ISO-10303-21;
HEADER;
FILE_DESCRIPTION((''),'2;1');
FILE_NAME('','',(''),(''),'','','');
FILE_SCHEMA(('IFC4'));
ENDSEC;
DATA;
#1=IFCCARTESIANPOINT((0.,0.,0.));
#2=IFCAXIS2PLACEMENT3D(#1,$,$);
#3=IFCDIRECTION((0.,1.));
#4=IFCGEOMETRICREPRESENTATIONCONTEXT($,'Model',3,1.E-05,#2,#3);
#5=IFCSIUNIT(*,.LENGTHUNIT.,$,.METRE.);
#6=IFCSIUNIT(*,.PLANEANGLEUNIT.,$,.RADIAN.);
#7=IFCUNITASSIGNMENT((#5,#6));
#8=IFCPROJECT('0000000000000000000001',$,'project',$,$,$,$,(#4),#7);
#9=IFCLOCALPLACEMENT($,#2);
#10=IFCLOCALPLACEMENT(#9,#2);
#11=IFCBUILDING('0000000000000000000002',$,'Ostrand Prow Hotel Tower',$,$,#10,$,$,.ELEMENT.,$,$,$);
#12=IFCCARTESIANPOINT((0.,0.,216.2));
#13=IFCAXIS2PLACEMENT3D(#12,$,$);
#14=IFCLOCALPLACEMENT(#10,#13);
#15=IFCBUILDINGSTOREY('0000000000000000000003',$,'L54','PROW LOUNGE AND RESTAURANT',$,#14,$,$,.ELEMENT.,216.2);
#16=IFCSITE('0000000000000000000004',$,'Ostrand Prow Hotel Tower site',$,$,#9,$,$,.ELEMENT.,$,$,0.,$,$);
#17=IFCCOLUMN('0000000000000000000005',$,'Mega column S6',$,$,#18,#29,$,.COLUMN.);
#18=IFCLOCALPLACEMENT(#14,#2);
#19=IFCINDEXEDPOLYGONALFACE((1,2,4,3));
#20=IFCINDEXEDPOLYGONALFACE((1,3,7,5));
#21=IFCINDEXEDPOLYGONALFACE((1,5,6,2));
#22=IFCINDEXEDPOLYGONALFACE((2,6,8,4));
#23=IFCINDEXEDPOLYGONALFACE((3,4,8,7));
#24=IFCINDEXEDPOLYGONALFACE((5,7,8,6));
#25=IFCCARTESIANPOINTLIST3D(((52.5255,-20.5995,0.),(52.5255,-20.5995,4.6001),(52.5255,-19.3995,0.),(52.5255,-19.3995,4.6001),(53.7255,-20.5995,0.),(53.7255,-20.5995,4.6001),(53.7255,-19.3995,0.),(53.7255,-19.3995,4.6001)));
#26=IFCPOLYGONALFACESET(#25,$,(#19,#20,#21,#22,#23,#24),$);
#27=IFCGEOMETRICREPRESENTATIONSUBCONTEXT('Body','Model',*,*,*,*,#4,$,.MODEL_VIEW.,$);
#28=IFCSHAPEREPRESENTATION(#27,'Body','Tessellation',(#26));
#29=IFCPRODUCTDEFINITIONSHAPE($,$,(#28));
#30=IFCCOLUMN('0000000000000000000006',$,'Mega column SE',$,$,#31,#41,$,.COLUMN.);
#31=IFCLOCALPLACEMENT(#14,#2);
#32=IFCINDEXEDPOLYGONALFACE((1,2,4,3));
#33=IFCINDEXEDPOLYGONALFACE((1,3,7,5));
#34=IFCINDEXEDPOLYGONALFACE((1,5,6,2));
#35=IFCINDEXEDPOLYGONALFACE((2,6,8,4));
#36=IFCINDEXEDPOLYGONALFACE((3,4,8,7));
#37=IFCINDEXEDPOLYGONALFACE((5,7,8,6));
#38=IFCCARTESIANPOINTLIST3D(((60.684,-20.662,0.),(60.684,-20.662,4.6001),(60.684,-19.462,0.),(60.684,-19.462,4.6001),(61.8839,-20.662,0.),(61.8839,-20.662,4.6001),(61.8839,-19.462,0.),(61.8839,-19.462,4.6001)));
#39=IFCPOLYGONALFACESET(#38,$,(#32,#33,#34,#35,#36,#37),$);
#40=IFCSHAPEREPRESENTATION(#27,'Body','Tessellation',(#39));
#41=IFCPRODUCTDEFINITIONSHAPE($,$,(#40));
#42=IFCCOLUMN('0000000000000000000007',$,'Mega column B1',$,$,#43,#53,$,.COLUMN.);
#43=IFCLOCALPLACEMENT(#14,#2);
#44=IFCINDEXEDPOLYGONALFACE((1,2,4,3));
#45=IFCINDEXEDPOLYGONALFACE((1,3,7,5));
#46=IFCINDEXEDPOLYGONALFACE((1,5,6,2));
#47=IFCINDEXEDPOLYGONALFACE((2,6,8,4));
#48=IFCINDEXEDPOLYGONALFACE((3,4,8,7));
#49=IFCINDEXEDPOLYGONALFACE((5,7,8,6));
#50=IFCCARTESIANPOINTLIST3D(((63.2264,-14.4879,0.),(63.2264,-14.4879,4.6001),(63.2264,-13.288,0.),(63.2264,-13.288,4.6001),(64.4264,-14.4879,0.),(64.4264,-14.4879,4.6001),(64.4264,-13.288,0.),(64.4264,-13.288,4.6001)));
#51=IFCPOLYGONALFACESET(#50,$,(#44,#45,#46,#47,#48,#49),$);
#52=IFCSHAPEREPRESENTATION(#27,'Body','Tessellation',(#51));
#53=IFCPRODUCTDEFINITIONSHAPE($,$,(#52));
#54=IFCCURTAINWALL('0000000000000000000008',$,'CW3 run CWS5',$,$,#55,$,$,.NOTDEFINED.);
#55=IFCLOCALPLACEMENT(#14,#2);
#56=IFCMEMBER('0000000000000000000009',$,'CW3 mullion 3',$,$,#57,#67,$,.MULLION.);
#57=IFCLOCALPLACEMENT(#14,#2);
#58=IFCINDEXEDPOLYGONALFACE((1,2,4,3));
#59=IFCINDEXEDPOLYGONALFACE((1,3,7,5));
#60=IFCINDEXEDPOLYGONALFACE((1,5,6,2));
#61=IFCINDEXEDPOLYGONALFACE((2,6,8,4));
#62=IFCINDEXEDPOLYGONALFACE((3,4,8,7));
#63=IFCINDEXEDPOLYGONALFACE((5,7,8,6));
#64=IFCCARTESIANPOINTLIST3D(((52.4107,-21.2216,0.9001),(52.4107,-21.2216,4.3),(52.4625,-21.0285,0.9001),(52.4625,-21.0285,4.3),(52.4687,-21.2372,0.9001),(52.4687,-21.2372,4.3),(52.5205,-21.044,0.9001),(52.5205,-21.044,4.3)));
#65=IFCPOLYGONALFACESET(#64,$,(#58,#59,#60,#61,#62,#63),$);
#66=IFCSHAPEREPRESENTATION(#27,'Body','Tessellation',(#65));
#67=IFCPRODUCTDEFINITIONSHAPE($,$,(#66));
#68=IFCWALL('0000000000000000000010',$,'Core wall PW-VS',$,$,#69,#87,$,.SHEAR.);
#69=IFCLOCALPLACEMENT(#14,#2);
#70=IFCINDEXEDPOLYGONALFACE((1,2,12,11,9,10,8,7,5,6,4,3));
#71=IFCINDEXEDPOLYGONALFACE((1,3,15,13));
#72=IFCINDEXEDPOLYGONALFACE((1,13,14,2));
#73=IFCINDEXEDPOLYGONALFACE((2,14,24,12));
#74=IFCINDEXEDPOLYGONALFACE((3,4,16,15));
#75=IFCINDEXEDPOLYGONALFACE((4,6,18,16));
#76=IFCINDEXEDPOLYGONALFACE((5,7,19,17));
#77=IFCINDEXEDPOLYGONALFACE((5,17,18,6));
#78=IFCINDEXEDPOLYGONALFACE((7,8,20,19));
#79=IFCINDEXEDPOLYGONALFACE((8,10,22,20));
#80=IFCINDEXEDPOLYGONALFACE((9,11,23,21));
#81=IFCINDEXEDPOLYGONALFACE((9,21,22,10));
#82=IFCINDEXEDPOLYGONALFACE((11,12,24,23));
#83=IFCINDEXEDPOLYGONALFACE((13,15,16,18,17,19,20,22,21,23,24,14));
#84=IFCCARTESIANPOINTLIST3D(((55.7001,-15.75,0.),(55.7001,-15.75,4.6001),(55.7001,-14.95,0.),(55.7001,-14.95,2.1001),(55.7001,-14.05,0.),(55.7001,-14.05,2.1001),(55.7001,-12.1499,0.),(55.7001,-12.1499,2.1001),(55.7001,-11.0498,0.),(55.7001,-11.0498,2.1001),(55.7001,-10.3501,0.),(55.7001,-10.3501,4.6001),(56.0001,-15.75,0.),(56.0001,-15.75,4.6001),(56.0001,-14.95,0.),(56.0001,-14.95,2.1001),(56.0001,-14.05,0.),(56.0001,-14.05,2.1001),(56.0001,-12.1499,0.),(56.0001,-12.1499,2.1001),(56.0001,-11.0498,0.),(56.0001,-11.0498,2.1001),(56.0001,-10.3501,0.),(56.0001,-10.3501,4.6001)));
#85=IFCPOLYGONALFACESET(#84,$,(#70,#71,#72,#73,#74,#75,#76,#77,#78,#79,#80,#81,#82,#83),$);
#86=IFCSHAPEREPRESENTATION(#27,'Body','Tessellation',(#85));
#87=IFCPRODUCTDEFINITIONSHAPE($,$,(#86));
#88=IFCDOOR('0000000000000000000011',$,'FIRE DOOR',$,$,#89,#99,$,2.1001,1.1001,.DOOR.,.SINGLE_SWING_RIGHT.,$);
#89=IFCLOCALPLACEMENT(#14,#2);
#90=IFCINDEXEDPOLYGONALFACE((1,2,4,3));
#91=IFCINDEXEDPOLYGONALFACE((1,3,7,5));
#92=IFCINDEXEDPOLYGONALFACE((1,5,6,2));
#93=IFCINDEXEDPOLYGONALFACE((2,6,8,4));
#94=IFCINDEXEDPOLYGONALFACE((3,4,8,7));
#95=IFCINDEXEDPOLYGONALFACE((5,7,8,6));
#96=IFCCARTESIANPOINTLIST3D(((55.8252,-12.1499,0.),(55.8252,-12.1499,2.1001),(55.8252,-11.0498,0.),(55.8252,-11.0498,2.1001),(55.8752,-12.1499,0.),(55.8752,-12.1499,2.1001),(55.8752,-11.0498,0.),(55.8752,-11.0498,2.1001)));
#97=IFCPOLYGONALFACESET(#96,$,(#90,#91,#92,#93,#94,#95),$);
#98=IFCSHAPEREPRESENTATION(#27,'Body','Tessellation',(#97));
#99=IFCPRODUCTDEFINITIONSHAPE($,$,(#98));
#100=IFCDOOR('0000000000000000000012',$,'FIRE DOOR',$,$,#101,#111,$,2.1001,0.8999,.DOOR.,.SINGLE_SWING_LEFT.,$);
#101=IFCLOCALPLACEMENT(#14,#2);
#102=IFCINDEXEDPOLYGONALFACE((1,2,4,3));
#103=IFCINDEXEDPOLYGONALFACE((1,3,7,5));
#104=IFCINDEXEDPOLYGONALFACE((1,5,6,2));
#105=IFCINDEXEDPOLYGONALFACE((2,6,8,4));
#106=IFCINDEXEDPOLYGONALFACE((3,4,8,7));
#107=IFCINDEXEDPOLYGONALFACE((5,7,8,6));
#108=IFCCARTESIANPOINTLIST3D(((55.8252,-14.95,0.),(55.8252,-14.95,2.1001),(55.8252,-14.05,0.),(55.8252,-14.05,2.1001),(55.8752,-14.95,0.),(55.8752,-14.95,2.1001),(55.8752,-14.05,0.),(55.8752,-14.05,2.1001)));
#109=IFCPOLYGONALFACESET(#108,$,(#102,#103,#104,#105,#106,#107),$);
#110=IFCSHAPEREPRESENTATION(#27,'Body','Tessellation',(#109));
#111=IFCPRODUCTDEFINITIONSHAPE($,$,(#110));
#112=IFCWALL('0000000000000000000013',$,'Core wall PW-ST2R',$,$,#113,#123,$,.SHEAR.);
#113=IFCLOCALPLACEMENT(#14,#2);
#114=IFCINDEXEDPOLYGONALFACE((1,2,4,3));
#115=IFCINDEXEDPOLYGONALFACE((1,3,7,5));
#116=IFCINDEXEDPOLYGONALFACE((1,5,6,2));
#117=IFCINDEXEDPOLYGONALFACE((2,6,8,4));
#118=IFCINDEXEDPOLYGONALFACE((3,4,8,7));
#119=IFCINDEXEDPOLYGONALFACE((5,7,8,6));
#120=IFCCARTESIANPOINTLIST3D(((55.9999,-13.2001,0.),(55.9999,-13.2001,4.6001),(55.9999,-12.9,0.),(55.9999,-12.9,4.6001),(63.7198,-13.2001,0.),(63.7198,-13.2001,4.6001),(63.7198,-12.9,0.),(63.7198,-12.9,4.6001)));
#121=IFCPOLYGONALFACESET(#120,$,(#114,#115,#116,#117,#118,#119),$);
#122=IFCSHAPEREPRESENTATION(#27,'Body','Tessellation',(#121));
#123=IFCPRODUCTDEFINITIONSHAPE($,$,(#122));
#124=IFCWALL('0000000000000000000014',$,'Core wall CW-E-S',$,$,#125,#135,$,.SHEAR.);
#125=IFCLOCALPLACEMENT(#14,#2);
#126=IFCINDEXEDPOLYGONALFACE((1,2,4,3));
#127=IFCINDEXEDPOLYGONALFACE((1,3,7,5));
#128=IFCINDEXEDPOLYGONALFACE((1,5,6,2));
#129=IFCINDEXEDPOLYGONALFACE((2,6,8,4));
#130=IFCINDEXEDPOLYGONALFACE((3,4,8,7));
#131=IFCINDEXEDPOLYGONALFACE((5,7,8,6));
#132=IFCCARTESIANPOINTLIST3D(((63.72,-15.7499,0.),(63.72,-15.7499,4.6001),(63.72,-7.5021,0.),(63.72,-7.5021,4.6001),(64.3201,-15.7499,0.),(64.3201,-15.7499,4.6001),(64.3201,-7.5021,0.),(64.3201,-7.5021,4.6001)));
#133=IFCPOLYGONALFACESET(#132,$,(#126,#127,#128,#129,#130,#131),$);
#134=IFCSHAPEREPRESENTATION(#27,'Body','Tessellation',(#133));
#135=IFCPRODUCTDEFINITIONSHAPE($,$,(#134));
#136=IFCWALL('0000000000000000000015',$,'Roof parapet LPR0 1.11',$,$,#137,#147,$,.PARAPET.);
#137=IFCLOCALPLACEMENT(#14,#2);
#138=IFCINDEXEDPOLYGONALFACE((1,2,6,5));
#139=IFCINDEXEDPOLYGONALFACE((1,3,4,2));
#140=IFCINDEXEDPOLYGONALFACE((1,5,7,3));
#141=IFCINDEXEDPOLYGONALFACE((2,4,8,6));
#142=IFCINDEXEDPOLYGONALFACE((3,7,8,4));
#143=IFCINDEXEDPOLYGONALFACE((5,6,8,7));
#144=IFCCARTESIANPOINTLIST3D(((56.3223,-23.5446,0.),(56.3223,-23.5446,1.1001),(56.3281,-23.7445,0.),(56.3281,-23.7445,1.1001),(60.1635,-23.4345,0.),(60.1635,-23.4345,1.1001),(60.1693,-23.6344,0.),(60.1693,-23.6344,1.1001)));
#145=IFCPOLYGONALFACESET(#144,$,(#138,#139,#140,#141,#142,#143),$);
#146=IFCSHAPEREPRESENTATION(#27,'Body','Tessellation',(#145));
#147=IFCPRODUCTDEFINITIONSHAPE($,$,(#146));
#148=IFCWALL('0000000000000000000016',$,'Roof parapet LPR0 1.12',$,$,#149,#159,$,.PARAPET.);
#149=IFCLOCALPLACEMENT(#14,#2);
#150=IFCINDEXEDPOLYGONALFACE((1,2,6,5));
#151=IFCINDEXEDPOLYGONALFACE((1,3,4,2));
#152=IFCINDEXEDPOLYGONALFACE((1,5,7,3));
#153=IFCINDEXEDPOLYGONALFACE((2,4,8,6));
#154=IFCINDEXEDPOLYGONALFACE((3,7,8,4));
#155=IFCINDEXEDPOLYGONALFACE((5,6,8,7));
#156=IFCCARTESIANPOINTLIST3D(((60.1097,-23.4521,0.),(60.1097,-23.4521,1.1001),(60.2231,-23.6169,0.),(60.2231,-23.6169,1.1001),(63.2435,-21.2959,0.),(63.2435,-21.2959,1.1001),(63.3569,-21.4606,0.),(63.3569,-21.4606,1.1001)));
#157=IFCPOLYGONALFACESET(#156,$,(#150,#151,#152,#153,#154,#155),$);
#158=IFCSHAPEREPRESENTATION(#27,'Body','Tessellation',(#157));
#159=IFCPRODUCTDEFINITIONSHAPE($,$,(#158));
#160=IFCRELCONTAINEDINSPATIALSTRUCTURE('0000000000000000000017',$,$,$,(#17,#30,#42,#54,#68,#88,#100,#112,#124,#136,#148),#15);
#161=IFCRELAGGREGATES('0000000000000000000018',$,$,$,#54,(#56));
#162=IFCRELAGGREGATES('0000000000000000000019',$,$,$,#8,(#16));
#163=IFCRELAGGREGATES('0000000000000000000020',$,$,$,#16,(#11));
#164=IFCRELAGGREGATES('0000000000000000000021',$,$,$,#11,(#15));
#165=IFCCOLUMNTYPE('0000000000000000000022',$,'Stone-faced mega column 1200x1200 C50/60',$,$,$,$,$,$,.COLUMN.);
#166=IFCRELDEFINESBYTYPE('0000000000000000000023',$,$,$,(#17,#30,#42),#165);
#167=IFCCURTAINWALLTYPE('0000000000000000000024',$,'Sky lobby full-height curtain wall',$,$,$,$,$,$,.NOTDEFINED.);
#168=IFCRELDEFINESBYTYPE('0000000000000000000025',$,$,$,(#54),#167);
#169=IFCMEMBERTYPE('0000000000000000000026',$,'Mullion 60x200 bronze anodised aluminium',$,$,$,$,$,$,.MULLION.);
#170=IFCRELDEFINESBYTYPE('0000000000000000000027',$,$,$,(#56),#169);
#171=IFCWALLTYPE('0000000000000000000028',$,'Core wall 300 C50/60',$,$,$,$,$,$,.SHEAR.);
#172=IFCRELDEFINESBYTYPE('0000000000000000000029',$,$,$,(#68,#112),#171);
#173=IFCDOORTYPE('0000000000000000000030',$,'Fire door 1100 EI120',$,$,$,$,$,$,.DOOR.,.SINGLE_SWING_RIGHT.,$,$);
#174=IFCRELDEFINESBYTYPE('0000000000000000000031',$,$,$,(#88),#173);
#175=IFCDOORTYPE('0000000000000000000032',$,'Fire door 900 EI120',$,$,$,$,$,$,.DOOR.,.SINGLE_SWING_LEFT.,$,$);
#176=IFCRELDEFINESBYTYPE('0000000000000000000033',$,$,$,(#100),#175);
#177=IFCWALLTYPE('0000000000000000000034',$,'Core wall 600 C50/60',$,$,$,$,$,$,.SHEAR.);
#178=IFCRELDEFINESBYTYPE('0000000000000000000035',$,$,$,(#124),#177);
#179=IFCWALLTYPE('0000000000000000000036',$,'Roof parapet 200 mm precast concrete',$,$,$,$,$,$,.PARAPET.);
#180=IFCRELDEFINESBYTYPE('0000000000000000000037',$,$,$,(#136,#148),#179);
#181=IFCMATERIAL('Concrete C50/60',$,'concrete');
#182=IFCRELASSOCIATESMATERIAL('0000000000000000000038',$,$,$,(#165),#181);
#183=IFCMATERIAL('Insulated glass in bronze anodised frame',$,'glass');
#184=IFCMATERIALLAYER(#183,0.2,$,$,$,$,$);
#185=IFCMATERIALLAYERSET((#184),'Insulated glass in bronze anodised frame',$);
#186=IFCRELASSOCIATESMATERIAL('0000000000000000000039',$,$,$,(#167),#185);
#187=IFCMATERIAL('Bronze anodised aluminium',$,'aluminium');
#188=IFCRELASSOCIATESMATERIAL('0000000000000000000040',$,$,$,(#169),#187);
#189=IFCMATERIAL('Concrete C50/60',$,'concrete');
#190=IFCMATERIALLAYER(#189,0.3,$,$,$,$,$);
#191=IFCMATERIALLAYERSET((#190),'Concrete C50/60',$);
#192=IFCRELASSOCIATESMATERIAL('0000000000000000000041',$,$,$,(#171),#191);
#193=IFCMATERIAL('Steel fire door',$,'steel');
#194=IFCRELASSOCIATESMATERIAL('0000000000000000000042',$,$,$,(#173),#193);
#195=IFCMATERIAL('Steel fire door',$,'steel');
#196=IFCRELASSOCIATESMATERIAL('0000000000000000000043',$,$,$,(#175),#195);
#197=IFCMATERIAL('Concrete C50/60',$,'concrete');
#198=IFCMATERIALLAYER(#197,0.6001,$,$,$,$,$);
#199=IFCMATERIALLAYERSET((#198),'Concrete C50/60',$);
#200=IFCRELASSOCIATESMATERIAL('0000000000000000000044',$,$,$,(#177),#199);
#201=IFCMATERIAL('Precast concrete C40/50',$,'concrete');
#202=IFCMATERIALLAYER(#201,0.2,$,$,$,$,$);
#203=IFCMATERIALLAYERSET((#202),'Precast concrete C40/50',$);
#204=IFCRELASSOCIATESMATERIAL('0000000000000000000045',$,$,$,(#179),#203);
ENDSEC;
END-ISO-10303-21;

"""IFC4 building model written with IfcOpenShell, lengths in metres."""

from ifc_helpers import new_model, si_unit, direction, frame, frame_2d, origin, origin_2d, place, context, subcontext, project, spatial, rectangle, extrude, material, layer, layer_set, material_profile, profile_set, type_object, element, fill, aggregate, save


model = new_model("IFC4")

# Units and contexts
model_context = context("Model", 3, precision=1e-05, world=origin(), true_north=direction((0.0, 1.0)))
body_context = subcontext(model_context, "Body", "Model", "MODEL_VIEW")
ifc_project = project(units=[si_unit("LENGTHUNIT", "METRE"), si_unit("PLANEANGLEUNIT", "RADIAN")], contexts=[model_context])

# Site, building, storey
site_placement = place(None, origin())
site = spatial("IfcSite", under=ifc_project, at=site_placement, Name="Ostrand Prow Hotel Tower site", CompositionType="ELEMENT", RefElevation=0.0)
building_placement = place(site_placement, origin())
building = spatial("IfcBuilding", under=site, at=building_placement, Name="Ostrand Prow Hotel Tower", CompositionType="ELEMENT")
storey_placement = place(building_placement, frame((0.0, 0.0, 216.2)))
storey = spatial("IfcBuildingStorey", under=building, at=storey_placement, Name="L54", Description="PROW LOUNGE AND RESTAURANT", CompositionType="ELEMENT", Elevation=216.2)

# Columns
ifc_material_1 = material(Name="Concrete C50/60", Category="concrete")
ifc_material_profile_1 = material_profile(ifc_material_1, rectangle(XDim=1.2, YDim=1.2, at=origin_2d()), Name="RC 1200x1200")
ifc_profile_set_1 = profile_set([ifc_material_profile_1], Name="Concrete C50/60")
column_type = type_object("IfcColumnType", Name="Stone-faced mega column 1200x1200 C50/60", PredefinedType="COLUMN", material=ifc_profile_set_1)
for number, where, z_axis, x_axis, name in (
    (1, (53.1255, -19.9995, 0.0), (0.0, 0.0, 1.0), (1.0, 0.0, 0.0), "Mega column S6"),
    (2, (61.2839, -20.062, 0.0), (0.0, 0.0, 1.0), (1.0, 0.0, 0.0), "Mega column SE"),
    (3, (63.8264, -13.8879, 0.0), (0.0, 0.0, 1.0), (1.0, 0.0, 0.0), "Mega column B1"),
):
    element("IfcColumn", number, at=place(storey_placement, frame(where, z_axis=z_axis, x_axis=x_axis)), inside=storey, type_object=column_type, Name=name, PredefinedType="COLUMN", context=body_context, shape_type="SweptSolid", body=[
        extrude(rectangle(XDim=1.2, YDim=1.2, at=origin_2d()), origin(), (0.0, 0.0, 1.0), 4.6001),
    ])

# Curtain wall, member
ifc_material_2 = material(Name="Insulated glass in bronze anodised frame", Category="glass")
ifc_layer_1 = layer(ifc_material_2, 0.2)
ifc_layer_set_1 = layer_set([ifc_layer_1], Name="Insulated glass in bronze anodised frame")
curtain_wall_type = type_object("IfcCurtainWallType", Name="Sky lobby full-height curtain wall", PredefinedType="NOTDEFINED", material=ifc_layer_set_1)
curtain_wall_placement = place(storey_placement, origin())
curtain_wall = element("IfcCurtainWall", 4, at=curtain_wall_placement, inside=storey, type_object=curtain_wall_type, Name="CW3 run CWS5", PredefinedType="NOTDEFINED")
ifc_material_3 = material(Name="Bronze anodised aluminium", Category="aluminium")
ifc_material_profile_2 = material_profile(ifc_material_3, rectangle(XDim=0.2, YDim=0.0601, at=origin_2d()), Name="Mullion 60x200 bronze anodised aluminium")
ifc_profile_set_2 = profile_set([ifc_material_profile_2], Name="Bronze anodised aluminium")
member_type = type_object("IfcMemberType", Name="Mullion 60x200 bronze anodised aluminium", PredefinedType="MULLION", material=ifc_profile_set_2)
member_placement = place(storey_placement, frame((52.4656, -21.1328, 0.9001), z_axis=(0.0, 0.0, 1.0), x_axis=(0.258994, 0.965879, 0.0)))
member = element("IfcMember", 5, at=member_placement, type_object=member_type, Name="CW3 mullion 3", PredefinedType="MULLION", context=body_context, shape_type="SweptSolid", body=[
    extrude(rectangle(XDim=0.2, YDim=0.0601, at=origin_2d()), origin(), (0.0, 0.0, 1.0), 3.3999),
])
aggregate(curtain_wall, [member])

# Wall, openings, doors
ifc_material_4 = material(Name="Concrete C50/60", Category="concrete")
ifc_layer_2 = layer(ifc_material_4, 0.3)
ifc_layer_set_2 = layer_set([ifc_layer_2], Name="Concrete C50/60")
wall_type_1 = type_object("IfcWallType", Name="Core wall 300 C50/60", PredefinedType="SHEAR", material=ifc_layer_set_2)
wall_1_placement = place(storey_placement, frame((55.8501, -15.75, 0.0), z_axis=(0.0, 0.0, 1.0), x_axis=(0.0, 1.0, 0.0)))
wall_1 = element("IfcWall", 6, at=wall_1_placement, inside=storey, type_object=wall_type_1, Name="Core wall PW-VS", PredefinedType="SHEAR", context=body_context, shape_type="SweptSolid", body=[
    extrude(rectangle(XDim=5.3999, YDim=0.3, at=frame_2d((2.7, 0.0))), origin(), (0.0, 0.0, 1.0), 4.6001),
])
opening_1_placement = place(wall_1_placement, frame((3.6001, 0.0, 0.0)))
opening_1 = element("IfcOpeningElement", 7, at=opening_1_placement, cuts=wall_1, PredefinedType="OPENING", context=body_context, shape_type="SweptSolid", body=[
    extrude(rectangle(XDim=1.1001, YDim=2.1001, at=frame_2d((0.55, 1.05))), frame((0.0, 0.1599, 0.0), z_axis=(0.0, -1.0, 0.0), x_axis=(1.0, 0.0, 0.0)), (0.0, 0.0, 1.0), 0.3201),
])
opening_2_placement = place(wall_1_placement, frame((0.8, 0.0, 0.0)))
opening_2 = element("IfcOpeningElement", 8, at=opening_2_placement, cuts=wall_1, PredefinedType="OPENING", context=body_context, shape_type="SweptSolid", body=[
    extrude(rectangle(XDim=0.8999, YDim=2.1001, at=frame_2d((0.45, 1.05))), frame((0.0, 0.1599, 0.0), z_axis=(0.0, -1.0, 0.0), x_axis=(1.0, 0.0, 0.0)), (0.0, 0.0, 1.0), 0.3201),
])
ifc_material_5 = material(Name="Steel fire door", Category="steel")
door_type_1 = type_object("IfcDoorType", Name="Fire door 1100 EI120", OperationType="SINGLE_SWING_RIGHT", PredefinedType="DOOR", material=ifc_material_5)
door_1_placement = place(opening_1_placement, origin())
door_1 = element("IfcDoor", 9, at=door_1_placement, inside=storey, type_object=door_type_1, Name="FIRE DOOR", OperationType="SINGLE_SWING_RIGHT", OverallHeight=2.1001, OverallWidth=1.1001, PredefinedType="DOOR", context=body_context, shape_type="SweptSolid", body=[
    extrude(rectangle(XDim=1.1001, YDim=2.1001, at=frame_2d((0.55, 1.05))), frame((0.0, 0.0249, 0.0), z_axis=(0.0, -1.0, 0.0), x_axis=(1.0, 0.0, 0.0)), (0.0, 0.0, 1.0), 0.05),
])
fill(opening_1, door_1)
ifc_material_6 = material(Name="Steel fire door", Category="steel")
door_type_2 = type_object("IfcDoorType", Name="Fire door 900 EI120", OperationType="SINGLE_SWING_LEFT", PredefinedType="DOOR", material=ifc_material_6)
door_2_placement = place(opening_2_placement, origin())
door_2 = element("IfcDoor", 10, at=door_2_placement, inside=storey, type_object=door_type_2, Name="FIRE DOOR", OperationType="SINGLE_SWING_LEFT", OverallHeight=2.1001, OverallWidth=0.8999, PredefinedType="DOOR", context=body_context, shape_type="SweptSolid", body=[
    extrude(rectangle(XDim=0.8999, YDim=2.1001, at=frame_2d((0.45, 1.05))), frame((0.0, 0.0249, 0.0), z_axis=(0.0, -1.0, 0.0), x_axis=(1.0, 0.0, 0.0)), (0.0, 0.0, 1.0), 0.05),
])
fill(opening_2, door_2)

# Walls
wall_2_placement = place(storey_placement, frame((56.0, -13.05, 0.0), z_axis=(0.0, 0.0, 1.0), x_axis=(1.0, 0.0, 0.0)))
element("IfcWall", 11, at=wall_2_placement, inside=storey, type_object=wall_type_1, Name="Core wall PW-ST2R", PredefinedType="SHEAR", context=body_context, shape_type="SweptSolid", body=[
    extrude(rectangle(XDim=7.72, YDim=0.3, at=frame_2d((3.8599, 0.0))), origin(), (0.0, 0.0, 1.0), 4.6001),
])
ifc_material_7 = material(Name="Concrete C50/60", Category="concrete")
ifc_layer_3 = layer(ifc_material_7, 0.6001)
ifc_layer_set_3 = layer_set([ifc_layer_3], Name="Concrete C50/60")
wall_type_2 = type_object("IfcWallType", Name="Core wall 600 C50/60", PredefinedType="SHEAR", material=ifc_layer_set_3)
wall_3_placement = place(storey_placement, frame((64.02, -15.75, 0.0), z_axis=(0.0, 0.0, 1.0), x_axis=(0.0, 1.0, 0.0)))
element("IfcWall", 12, at=wall_3_placement, inside=storey, type_object=wall_type_2, Name="Core wall CW-E-S", PredefinedType="SHEAR", context=body_context, shape_type="SweptSolid", body=[
    extrude(rectangle(XDim=8.2478, YDim=0.6001, at=frame_2d((4.124, 0.0))), origin(), (0.0, 0.0, 1.0), 4.6001),
])
ifc_material_8 = material(Name="Precast concrete C40/50", Category="concrete")
ifc_layer_4 = layer(ifc_material_8, 0.2)
ifc_layer_set_4 = layer_set([ifc_layer_4], Name="Precast concrete C40/50")
wall_type_3 = type_object("IfcWallType", Name="Roof parapet 200 mm precast concrete", PredefinedType="PARAPET", material=ifc_layer_set_4)
wall_4_placement = place(storey_placement, frame((56.3252, -23.6445, 0.0), z_axis=(0.0, 0.0, 1.0), x_axis=(0.999589, 0.028652, 0.0)))
element("IfcWall", 13, at=wall_4_placement, inside=storey, type_object=wall_type_3, Name="Roof parapet LPR0 1.11", PredefinedType="PARAPET", context=body_context, shape_type="SweptSolid", body=[
    extrude(rectangle(XDim=3.8428, YDim=0.2, at=frame_2d((1.9214, 0.0))), origin(), (0.0, 0.0, 1.0), 1.1001),
])
wall_5_placement = place(storey_placement, frame((60.1665, -23.5344, 0.0), z_axis=(0.0, 0.0, 1.0), x_axis=(0.823825, 0.566845, 0.0)))
element("IfcWall", 14, at=wall_5_placement, inside=storey, type_object=wall_type_3, Name="Roof parapet LPR0 1.12", PredefinedType="PARAPET", context=body_context, shape_type="SweptSolid", body=[
    extrude(rectangle(XDim=3.804, YDim=0.2, at=frame_2d((1.9019, 0.0))), origin(), (0.0, 0.0, 1.0), 1.1001),
])

save(model, "model.ifc")
